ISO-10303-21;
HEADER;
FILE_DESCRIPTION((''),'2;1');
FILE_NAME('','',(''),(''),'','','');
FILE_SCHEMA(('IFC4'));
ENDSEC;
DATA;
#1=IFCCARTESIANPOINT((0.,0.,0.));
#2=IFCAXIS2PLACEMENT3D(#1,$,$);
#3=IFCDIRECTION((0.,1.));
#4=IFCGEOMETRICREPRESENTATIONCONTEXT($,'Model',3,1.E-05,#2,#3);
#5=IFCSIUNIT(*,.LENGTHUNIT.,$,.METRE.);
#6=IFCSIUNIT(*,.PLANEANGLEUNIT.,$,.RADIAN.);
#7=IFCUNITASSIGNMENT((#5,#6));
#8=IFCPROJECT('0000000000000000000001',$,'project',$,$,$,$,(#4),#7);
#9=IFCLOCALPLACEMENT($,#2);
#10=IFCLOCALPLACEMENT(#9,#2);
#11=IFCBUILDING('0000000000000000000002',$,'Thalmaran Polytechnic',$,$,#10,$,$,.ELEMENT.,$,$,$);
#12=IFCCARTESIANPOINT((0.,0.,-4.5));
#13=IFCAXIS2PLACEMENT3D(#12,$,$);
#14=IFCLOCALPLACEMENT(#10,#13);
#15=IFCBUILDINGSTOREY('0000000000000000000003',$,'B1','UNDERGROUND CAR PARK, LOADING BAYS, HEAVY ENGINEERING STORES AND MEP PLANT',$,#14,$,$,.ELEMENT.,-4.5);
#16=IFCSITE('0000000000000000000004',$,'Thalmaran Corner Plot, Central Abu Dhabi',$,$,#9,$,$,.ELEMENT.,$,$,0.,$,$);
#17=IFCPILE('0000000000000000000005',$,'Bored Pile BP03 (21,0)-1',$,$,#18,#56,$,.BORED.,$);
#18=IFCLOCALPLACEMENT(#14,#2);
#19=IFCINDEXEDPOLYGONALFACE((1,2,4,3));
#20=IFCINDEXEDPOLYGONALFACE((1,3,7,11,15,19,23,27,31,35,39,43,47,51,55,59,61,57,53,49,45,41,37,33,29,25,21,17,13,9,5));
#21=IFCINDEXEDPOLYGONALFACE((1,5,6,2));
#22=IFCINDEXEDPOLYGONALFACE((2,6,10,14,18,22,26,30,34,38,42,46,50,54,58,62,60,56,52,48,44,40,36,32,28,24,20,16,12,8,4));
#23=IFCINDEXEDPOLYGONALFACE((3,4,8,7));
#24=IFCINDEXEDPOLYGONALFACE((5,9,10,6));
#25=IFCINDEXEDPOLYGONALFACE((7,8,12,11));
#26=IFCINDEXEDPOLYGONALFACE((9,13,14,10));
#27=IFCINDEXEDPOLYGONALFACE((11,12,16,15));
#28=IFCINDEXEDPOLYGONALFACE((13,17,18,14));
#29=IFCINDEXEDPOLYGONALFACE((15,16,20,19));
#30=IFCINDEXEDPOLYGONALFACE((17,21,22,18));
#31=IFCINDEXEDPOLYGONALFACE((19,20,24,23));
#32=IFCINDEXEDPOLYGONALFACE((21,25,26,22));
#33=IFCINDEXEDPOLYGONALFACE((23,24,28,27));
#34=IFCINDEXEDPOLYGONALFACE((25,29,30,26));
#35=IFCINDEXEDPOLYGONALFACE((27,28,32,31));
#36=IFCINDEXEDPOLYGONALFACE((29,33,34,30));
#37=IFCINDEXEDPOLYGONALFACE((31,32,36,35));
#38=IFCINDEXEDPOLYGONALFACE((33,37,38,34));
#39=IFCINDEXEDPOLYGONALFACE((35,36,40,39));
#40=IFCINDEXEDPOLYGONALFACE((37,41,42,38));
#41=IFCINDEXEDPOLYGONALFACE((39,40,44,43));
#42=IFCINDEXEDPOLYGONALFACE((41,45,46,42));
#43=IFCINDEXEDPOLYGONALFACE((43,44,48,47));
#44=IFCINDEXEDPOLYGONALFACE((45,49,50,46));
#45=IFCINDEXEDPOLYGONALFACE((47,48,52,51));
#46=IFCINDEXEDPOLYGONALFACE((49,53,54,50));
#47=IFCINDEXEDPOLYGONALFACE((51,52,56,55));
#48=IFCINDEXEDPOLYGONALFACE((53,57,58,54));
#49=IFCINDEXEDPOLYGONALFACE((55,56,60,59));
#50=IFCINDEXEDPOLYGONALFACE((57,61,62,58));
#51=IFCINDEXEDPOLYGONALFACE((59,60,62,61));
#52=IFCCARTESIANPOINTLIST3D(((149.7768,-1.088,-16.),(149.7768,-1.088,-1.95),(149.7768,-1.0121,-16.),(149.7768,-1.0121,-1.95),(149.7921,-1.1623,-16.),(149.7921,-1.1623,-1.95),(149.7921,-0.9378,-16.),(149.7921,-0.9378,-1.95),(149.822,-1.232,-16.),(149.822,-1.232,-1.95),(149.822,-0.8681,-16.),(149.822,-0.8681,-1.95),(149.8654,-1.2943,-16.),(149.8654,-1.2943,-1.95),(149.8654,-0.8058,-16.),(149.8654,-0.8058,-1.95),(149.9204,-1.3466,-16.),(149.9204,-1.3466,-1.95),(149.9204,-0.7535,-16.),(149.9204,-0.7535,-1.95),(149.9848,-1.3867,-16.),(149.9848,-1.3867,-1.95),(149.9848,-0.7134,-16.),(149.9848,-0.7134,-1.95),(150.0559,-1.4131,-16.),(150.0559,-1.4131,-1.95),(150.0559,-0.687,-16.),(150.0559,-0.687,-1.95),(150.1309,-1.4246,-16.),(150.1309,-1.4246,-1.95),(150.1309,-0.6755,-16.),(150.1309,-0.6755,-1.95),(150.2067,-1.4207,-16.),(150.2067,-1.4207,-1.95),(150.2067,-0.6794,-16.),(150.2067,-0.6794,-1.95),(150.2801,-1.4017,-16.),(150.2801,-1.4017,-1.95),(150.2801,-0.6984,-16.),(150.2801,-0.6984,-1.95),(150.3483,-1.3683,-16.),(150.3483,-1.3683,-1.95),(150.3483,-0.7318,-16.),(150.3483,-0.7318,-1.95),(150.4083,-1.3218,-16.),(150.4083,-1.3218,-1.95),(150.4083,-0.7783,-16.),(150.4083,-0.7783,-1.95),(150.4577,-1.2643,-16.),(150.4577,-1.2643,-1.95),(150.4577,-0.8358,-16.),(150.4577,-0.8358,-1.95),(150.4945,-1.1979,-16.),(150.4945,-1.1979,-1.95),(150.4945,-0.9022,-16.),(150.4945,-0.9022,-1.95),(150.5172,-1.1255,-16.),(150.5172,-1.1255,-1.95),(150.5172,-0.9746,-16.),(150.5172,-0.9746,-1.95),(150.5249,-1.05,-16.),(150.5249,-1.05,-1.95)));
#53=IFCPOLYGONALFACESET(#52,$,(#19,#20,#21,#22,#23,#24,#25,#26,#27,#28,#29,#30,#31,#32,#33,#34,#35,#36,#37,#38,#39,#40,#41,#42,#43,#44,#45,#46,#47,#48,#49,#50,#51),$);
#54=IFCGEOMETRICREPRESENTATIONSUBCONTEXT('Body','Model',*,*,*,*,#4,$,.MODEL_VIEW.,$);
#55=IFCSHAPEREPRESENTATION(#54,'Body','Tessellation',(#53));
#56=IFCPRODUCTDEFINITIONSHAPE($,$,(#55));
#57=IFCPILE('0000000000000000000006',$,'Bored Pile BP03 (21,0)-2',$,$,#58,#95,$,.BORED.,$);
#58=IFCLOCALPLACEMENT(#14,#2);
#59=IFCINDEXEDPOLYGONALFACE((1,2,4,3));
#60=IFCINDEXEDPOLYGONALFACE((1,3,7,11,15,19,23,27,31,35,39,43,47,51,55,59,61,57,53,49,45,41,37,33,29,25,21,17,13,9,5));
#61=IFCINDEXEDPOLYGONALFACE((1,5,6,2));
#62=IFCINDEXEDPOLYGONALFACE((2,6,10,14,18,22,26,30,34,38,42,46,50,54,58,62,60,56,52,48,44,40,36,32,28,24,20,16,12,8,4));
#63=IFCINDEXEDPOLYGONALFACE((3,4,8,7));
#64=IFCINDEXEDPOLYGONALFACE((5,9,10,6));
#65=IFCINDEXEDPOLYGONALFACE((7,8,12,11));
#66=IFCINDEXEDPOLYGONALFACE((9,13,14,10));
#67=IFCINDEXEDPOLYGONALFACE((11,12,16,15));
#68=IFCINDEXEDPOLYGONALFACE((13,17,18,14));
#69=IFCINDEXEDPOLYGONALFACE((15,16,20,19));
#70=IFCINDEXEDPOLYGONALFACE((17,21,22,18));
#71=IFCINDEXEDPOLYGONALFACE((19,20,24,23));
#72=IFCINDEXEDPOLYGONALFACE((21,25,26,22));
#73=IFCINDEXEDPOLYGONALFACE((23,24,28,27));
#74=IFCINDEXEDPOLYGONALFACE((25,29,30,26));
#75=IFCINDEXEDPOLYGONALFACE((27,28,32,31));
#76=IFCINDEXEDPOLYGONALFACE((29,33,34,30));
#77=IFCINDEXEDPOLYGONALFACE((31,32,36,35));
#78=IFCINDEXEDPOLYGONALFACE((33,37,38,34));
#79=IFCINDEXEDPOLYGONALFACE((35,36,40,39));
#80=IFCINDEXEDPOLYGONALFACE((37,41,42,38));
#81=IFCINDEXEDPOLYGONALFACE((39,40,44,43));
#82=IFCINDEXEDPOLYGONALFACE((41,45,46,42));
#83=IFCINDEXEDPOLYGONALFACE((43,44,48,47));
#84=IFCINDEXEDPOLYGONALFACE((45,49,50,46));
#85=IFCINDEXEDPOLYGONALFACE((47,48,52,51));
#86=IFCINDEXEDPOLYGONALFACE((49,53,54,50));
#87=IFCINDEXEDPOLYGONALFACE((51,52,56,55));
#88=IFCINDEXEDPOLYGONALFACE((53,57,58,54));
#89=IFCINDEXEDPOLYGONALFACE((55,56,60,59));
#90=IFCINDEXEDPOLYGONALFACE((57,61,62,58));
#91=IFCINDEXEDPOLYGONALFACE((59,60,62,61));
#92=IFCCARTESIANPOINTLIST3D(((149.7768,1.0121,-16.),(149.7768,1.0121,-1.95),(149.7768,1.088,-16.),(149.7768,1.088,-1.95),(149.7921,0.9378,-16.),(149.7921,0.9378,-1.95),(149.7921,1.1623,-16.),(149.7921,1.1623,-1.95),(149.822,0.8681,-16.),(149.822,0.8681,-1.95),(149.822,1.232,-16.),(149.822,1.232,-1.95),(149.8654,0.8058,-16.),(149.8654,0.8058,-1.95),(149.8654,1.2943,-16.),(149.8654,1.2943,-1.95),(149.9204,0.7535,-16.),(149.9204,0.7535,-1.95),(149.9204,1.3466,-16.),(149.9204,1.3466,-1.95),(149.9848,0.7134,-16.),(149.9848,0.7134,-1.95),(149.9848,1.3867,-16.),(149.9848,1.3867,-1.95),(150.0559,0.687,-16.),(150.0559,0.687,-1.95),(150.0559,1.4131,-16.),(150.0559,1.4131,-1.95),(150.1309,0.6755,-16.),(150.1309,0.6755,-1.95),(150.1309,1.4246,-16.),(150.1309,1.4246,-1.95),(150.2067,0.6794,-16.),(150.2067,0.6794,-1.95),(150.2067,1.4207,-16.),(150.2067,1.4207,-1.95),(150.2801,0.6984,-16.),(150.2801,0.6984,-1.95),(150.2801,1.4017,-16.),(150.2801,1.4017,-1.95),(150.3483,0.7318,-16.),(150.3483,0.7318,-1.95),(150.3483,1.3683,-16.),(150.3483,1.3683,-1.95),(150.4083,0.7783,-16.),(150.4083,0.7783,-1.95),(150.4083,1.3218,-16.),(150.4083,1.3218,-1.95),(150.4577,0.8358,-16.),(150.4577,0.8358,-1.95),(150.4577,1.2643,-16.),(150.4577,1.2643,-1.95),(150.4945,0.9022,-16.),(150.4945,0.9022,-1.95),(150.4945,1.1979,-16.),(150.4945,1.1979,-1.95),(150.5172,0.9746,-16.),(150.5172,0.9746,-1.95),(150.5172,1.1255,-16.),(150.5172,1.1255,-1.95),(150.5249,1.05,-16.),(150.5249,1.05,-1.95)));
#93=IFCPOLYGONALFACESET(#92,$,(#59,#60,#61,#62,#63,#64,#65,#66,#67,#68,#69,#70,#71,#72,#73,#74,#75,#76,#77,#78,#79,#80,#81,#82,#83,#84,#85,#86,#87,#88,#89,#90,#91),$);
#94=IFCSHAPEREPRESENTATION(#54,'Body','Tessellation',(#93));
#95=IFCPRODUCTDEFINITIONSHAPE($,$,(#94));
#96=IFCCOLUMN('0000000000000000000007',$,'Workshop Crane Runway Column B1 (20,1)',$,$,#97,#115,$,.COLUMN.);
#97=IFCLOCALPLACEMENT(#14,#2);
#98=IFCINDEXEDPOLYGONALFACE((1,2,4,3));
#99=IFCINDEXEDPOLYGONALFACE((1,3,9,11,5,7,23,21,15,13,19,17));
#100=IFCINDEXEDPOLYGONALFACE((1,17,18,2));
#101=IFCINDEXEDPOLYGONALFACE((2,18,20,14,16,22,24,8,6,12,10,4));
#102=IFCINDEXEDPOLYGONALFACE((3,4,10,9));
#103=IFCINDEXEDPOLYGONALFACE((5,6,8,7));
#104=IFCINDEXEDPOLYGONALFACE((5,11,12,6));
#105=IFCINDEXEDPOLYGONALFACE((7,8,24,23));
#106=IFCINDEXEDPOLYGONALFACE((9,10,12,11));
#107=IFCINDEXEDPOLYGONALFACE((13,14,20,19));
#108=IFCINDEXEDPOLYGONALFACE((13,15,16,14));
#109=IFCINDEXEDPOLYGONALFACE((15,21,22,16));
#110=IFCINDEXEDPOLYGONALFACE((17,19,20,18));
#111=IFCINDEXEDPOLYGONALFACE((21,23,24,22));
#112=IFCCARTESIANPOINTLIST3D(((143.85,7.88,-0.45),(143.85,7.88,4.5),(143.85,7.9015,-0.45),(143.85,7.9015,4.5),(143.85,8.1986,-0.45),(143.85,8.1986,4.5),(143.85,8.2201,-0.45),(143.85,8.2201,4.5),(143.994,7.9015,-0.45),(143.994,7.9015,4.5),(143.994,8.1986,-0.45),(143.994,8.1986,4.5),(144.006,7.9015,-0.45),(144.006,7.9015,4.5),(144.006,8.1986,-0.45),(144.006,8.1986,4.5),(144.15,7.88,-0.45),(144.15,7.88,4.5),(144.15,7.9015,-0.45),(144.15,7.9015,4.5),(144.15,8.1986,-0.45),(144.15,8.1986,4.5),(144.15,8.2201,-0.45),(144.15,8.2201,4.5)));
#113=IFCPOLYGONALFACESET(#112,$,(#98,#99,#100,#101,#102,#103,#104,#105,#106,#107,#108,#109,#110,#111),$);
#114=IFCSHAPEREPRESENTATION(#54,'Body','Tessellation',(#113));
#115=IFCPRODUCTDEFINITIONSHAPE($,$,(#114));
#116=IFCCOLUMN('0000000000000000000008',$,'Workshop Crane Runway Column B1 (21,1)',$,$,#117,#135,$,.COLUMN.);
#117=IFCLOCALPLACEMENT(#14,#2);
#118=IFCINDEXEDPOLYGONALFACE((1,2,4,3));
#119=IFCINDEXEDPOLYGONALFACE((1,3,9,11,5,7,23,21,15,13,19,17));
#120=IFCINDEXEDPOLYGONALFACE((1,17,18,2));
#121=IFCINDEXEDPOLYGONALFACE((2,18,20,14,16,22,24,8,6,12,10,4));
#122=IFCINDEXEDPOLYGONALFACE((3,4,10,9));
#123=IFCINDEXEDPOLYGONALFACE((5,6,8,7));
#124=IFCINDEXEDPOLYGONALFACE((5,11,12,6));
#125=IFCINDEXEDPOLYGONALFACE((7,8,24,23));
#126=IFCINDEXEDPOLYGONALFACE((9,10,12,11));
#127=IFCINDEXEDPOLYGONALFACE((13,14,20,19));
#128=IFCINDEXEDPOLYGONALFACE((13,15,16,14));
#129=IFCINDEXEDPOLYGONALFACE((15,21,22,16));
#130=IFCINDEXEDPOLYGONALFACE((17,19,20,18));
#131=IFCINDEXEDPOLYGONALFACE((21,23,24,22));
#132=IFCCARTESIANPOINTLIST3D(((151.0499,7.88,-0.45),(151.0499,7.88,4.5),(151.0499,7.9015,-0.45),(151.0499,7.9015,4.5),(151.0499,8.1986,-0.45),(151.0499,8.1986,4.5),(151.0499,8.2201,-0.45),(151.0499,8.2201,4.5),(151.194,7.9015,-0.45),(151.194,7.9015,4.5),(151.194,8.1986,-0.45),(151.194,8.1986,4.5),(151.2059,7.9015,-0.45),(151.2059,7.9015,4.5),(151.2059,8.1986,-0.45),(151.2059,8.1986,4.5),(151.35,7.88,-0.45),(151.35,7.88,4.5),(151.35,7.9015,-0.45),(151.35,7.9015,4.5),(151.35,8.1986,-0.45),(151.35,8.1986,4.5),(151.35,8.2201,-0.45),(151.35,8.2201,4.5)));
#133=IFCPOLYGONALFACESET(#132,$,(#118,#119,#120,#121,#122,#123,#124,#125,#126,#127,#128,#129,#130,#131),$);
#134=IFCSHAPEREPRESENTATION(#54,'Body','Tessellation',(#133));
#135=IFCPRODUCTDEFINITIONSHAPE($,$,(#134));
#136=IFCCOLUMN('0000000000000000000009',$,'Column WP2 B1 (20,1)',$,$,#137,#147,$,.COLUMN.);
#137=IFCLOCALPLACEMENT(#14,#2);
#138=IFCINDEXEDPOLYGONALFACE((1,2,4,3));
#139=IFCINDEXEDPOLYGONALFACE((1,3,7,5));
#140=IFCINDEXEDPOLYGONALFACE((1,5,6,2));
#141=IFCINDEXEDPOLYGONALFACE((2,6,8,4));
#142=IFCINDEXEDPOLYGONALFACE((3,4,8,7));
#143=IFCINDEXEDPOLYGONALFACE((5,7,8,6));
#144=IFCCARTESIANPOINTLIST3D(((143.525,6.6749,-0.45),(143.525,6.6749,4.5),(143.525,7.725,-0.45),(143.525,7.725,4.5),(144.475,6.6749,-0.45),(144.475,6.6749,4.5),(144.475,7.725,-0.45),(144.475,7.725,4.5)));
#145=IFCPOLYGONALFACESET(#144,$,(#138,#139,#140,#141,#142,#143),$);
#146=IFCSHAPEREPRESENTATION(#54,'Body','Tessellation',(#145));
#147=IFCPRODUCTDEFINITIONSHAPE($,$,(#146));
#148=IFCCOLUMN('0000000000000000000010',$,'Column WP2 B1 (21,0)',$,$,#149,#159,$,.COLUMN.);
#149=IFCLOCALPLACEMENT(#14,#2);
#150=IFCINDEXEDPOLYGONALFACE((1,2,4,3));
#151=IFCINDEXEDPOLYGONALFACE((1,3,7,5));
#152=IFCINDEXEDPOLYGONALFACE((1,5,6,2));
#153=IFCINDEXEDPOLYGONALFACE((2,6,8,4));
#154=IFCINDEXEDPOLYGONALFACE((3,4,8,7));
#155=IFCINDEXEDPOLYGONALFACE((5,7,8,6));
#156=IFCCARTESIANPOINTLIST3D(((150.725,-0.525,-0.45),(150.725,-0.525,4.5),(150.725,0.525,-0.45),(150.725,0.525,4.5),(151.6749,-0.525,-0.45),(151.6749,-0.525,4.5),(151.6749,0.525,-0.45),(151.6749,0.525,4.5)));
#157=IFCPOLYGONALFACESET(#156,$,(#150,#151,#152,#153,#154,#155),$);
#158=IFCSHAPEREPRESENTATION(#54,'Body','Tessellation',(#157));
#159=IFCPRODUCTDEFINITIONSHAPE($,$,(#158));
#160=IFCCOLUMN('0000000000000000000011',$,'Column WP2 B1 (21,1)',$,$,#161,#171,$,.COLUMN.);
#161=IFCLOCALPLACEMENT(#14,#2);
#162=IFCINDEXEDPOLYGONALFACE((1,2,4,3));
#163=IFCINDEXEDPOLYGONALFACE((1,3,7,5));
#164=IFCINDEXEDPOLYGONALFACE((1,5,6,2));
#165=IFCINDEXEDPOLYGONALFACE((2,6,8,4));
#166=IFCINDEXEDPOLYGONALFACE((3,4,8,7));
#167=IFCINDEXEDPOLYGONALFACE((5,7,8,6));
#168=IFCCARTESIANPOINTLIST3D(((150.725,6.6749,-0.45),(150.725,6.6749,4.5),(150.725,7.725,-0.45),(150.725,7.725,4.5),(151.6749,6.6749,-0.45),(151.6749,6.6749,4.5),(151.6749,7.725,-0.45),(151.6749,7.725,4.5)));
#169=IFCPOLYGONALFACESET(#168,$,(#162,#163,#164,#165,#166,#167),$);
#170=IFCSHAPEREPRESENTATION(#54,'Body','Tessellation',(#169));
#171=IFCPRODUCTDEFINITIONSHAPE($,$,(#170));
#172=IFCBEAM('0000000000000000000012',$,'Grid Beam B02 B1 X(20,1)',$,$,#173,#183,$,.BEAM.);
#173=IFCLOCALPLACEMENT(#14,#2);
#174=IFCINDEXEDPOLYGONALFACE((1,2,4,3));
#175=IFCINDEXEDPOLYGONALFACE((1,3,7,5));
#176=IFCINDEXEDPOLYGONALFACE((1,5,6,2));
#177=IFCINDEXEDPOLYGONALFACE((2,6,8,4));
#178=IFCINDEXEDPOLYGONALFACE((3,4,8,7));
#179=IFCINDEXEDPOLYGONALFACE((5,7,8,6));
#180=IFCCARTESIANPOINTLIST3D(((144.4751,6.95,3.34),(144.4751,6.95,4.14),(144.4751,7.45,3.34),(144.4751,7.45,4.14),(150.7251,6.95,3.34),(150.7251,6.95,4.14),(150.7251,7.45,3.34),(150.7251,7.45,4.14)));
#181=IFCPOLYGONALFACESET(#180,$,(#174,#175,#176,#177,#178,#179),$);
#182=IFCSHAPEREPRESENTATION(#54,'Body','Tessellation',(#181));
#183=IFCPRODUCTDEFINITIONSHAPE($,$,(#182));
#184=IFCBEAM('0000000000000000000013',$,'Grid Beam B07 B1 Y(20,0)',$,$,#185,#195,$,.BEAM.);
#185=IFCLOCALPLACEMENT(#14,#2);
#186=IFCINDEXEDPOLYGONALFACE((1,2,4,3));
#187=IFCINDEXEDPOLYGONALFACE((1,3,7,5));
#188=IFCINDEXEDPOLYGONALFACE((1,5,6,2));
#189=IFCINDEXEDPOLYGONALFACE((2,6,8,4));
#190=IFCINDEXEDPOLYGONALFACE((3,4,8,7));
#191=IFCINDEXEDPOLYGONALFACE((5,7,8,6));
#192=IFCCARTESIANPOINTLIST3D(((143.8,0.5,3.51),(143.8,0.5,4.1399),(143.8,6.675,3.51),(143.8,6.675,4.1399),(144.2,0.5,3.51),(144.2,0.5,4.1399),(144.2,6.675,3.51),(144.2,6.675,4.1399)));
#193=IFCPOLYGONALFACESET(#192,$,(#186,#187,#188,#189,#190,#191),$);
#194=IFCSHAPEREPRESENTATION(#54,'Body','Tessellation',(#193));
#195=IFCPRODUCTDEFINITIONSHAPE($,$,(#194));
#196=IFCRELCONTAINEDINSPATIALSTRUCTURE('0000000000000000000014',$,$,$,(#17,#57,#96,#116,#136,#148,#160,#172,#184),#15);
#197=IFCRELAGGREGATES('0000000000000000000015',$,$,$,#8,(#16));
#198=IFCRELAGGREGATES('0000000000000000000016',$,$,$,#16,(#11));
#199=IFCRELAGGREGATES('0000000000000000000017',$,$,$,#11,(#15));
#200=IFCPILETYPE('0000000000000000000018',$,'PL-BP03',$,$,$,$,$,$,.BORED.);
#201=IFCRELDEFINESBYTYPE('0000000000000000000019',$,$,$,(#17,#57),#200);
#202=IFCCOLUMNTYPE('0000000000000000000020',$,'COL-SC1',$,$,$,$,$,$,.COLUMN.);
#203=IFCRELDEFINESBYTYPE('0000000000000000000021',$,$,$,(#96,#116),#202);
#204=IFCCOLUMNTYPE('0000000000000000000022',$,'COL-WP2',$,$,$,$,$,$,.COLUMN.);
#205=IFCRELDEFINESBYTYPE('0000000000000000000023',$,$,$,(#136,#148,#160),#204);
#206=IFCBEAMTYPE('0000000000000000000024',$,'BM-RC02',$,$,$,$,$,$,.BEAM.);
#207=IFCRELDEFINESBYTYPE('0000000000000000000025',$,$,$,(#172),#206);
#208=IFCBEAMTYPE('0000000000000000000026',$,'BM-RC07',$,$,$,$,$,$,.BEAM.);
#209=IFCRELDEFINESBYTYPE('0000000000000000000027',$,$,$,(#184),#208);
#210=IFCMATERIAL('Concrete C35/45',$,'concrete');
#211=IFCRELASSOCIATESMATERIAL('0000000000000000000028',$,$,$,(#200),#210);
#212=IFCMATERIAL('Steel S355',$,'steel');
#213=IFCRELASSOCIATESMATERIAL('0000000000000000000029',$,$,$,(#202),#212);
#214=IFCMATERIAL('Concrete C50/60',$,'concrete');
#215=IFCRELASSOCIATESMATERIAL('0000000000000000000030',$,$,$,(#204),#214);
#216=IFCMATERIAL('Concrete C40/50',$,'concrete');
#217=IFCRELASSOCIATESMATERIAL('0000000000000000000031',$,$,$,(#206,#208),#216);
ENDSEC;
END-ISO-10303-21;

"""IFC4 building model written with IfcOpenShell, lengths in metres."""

from ifc_helpers import new_model, si_unit, direction, frame, origin, origin_2d, place, context, subcontext, project, spatial, rectangle, circle, i_section, extrude, material, material_profile, profile_set, type_object, element, save


model = new_model("IFC4")

# Units and contexts
model_context = context("Model", 3, precision=1e-05, world=origin(), true_north=direction((0.0, 1.0)))
body_context = subcontext(model_context, "Body", "Model", "MODEL_VIEW")
ifc_project = project(units=[si_unit("LENGTHUNIT", "METRE"), si_unit("PLANEANGLEUNIT", "RADIAN")], contexts=[model_context])

# Site, building, storey
site_placement = place(None, origin())
site = spatial("IfcSite", under=ifc_project, at=site_placement, Name="Thalmaran Corner Plot, Central Abu Dhabi", CompositionType="ELEMENT", RefElevation=0.0)
building_placement = place(site_placement, origin())
building = spatial("IfcBuilding", under=site, at=building_placement, Name="Thalmaran Polytechnic", CompositionType="ELEMENT")
storey_placement = place(building_placement, frame((0.0, 0.0, -4.5)))
storey = spatial("IfcBuildingStorey", under=building, at=storey_placement, Name="B1", Description="UNDERGROUND CAR PARK, LOADING BAYS, HEAVY ENGINEERING STORES AND MEP PLANT", CompositionType="ELEMENT", Elevation=-4.5)

# Shared definitions
ifc_material_1 = material(Name="Concrete C40/50", Category="concrete")

# Piles
ifc_material_2 = material(Name="Concrete C35/45", Category="concrete")
ifc_material_profile_1 = material_profile(ifc_material_2, circle(Radius=0.375, at=origin_2d()), Name="RC 750 DIA")
ifc_profile_set_1 = profile_set([ifc_material_profile_1], Name="Concrete C35/45")
pile_type_1 = type_object("IfcPileType", Name="PL-BP03", PredefinedType="BORED", material=ifc_profile_set_1)
for number, where, z_axis, x_axis, name in (
    (1, (150.1499, -1.05, -1.95), (0.0, 0.0, -1.0), (1.0, 0.0, 0.0), "Bored Pile BP03 (21,0)-1"),
    (2, (150.1499, 1.05, -1.95), (0.0, 0.0, -1.0), (1.0, 0.0, 0.0), "Bored Pile BP03 (21,0)-2"),
):
    element("IfcPile", number, at=place(storey_placement, frame(where, z_axis=z_axis, x_axis=x_axis)), inside=storey, type_object=pile_type_1, Name=name, PredefinedType="BORED", context=body_context, shape_type="SweptSolid", body=[
        extrude(circle(Radius=0.375, at=origin_2d()), origin(), (0.0, 0.0, 1.0), 14.05),
    ])

# Columns
ifc_material_3 = material(Name="Steel S355", Category="steel")
ifc_material_profile_2 = material_profile(ifc_material_3, i_section(OverallWidth=0.3, OverallDepth=0.3401, WebThickness=0.012, FlangeThickness=0.0215, at=origin_2d()), Name="HEB 340")
ifc_profile_set_2 = profile_set([ifc_material_profile_2], Name="Steel S355")
column_type_1 = type_object("IfcColumnType", Name="COL-SC1", PredefinedType="COLUMN", material=ifc_profile_set_2)
for number, where, z_axis, x_axis, name in (
    (3, (144.0, 8.05, -0.45), (0.0, 0.0, 1.0), (1.0, 0.0, 0.0), "Workshop Crane Runway Column B1 (20,1)"),
    (4, (151.2, 8.05, -0.45), (0.0, 0.0, 1.0), (1.0, 0.0, 0.0), "Workshop Crane Runway Column B1 (21,1)"),
):
    element("IfcColumn", number, at=place(storey_placement, frame(where, z_axis=z_axis, x_axis=x_axis)), inside=storey, type_object=column_type_1, Name=name, PredefinedType="COLUMN", context=body_context, shape_type="SweptSolid", body=[
        extrude(i_section(OverallWidth=0.3, OverallDepth=0.3401, WebThickness=0.012, FlangeThickness=0.0215, at=origin_2d()), origin(), (0.0, 0.0, 1.0), 4.95),
    ])
ifc_material_4 = material(Name="Concrete C50/60", Category="concrete")
ifc_material_profile_3 = material_profile(ifc_material_4, rectangle(XDim=0.95, YDim=1.05, at=origin_2d()), Name="RC 950x1050")
ifc_profile_set_3 = profile_set([ifc_material_profile_3], Name="Concrete C50/60")
column_type_2 = type_object("IfcColumnType", Name="COL-WP2", PredefinedType="COLUMN", material=ifc_profile_set_3)
for number, where, z_axis, x_axis, name in (
    (5, (144.0, 7.2, -0.45), (0.0, 0.0, 1.0), (1.0, 0.0, 0.0), "Column WP2 B1 (20,1)"),
    (6, (151.2, 0.0, -0.45), (0.0, 0.0, 1.0), (1.0, 0.0, 0.0), "Column WP2 B1 (21,0)"),
    (7, (151.2, 7.2, -0.45), (0.0, 0.0, 1.0), (1.0, 0.0, 0.0), "Column WP2 B1 (21,1)"),
):
    element("IfcColumn", number, at=place(storey_placement, frame(where, z_axis=z_axis, x_axis=x_axis)), inside=storey, type_object=column_type_2, Name=name, PredefinedType="COLUMN", context=body_context, shape_type="SweptSolid", body=[
        extrude(rectangle(XDim=0.95, YDim=1.05, at=origin_2d()), origin(), (0.0, 0.0, 1.0), 4.95),
    ])

# Beams
ifc_material_profile_4 = material_profile(ifc_material_1, rectangle(XDim=0.5, YDim=0.8, at=origin_2d()), Name="RC 500x800")
ifc_profile_set_4 = profile_set([ifc_material_profile_4], Name="Concrete C40/50")
beam_type_1 = type_object("IfcBeamType", Name="BM-RC02", PredefinedType="BEAM", material=ifc_profile_set_4)
beam_1_placement = place(storey_placement, frame((144.4751, 7.2, 3.74), z_axis=(1.0, 0.0, 0.0), x_axis=(0.0, 1.0, 0.0)))
element("IfcBeam", 8, at=beam_1_placement, inside=storey, type_object=beam_type_1, Name="Grid Beam B02 B1 X(20,1)", PredefinedType="BEAM", context=body_context, shape_type="SweptSolid", body=[
    extrude(rectangle(XDim=0.5, YDim=0.8, at=origin_2d()), origin(), (0.0, 0.0, 1.0), 6.25),
])
ifc_material_profile_5 = material_profile(ifc_material_1, rectangle(XDim=0.3999, YDim=0.6299, at=origin_2d()), Name="RC 400x630")
ifc_profile_set_5 = profile_set([ifc_material_profile_5], Name="Concrete C40/50")
beam_type_2 = type_object("IfcBeamType", Name="BM-RC07", PredefinedType="BEAM", material=ifc_profile_set_5)
beam_2_placement = place(storey_placement, frame((144.0, 0.5, 3.825), z_axis=(0.0, 1.0, 0.0), x_axis=(-1.0, 0.0, 0.0)))
element("IfcBeam", 9, at=beam_2_placement, inside=storey, type_object=beam_type_2, Name="Grid Beam B07 B1 Y(20,0)", PredefinedType="BEAM", context=body_context, shape_type="SweptSolid", body=[
    extrude(rectangle(XDim=0.3999, YDim=0.6299, at=origin_2d()), origin(), (0.0, 0.0, 1.0), 6.175),
])

save(model, "model.ifc")
